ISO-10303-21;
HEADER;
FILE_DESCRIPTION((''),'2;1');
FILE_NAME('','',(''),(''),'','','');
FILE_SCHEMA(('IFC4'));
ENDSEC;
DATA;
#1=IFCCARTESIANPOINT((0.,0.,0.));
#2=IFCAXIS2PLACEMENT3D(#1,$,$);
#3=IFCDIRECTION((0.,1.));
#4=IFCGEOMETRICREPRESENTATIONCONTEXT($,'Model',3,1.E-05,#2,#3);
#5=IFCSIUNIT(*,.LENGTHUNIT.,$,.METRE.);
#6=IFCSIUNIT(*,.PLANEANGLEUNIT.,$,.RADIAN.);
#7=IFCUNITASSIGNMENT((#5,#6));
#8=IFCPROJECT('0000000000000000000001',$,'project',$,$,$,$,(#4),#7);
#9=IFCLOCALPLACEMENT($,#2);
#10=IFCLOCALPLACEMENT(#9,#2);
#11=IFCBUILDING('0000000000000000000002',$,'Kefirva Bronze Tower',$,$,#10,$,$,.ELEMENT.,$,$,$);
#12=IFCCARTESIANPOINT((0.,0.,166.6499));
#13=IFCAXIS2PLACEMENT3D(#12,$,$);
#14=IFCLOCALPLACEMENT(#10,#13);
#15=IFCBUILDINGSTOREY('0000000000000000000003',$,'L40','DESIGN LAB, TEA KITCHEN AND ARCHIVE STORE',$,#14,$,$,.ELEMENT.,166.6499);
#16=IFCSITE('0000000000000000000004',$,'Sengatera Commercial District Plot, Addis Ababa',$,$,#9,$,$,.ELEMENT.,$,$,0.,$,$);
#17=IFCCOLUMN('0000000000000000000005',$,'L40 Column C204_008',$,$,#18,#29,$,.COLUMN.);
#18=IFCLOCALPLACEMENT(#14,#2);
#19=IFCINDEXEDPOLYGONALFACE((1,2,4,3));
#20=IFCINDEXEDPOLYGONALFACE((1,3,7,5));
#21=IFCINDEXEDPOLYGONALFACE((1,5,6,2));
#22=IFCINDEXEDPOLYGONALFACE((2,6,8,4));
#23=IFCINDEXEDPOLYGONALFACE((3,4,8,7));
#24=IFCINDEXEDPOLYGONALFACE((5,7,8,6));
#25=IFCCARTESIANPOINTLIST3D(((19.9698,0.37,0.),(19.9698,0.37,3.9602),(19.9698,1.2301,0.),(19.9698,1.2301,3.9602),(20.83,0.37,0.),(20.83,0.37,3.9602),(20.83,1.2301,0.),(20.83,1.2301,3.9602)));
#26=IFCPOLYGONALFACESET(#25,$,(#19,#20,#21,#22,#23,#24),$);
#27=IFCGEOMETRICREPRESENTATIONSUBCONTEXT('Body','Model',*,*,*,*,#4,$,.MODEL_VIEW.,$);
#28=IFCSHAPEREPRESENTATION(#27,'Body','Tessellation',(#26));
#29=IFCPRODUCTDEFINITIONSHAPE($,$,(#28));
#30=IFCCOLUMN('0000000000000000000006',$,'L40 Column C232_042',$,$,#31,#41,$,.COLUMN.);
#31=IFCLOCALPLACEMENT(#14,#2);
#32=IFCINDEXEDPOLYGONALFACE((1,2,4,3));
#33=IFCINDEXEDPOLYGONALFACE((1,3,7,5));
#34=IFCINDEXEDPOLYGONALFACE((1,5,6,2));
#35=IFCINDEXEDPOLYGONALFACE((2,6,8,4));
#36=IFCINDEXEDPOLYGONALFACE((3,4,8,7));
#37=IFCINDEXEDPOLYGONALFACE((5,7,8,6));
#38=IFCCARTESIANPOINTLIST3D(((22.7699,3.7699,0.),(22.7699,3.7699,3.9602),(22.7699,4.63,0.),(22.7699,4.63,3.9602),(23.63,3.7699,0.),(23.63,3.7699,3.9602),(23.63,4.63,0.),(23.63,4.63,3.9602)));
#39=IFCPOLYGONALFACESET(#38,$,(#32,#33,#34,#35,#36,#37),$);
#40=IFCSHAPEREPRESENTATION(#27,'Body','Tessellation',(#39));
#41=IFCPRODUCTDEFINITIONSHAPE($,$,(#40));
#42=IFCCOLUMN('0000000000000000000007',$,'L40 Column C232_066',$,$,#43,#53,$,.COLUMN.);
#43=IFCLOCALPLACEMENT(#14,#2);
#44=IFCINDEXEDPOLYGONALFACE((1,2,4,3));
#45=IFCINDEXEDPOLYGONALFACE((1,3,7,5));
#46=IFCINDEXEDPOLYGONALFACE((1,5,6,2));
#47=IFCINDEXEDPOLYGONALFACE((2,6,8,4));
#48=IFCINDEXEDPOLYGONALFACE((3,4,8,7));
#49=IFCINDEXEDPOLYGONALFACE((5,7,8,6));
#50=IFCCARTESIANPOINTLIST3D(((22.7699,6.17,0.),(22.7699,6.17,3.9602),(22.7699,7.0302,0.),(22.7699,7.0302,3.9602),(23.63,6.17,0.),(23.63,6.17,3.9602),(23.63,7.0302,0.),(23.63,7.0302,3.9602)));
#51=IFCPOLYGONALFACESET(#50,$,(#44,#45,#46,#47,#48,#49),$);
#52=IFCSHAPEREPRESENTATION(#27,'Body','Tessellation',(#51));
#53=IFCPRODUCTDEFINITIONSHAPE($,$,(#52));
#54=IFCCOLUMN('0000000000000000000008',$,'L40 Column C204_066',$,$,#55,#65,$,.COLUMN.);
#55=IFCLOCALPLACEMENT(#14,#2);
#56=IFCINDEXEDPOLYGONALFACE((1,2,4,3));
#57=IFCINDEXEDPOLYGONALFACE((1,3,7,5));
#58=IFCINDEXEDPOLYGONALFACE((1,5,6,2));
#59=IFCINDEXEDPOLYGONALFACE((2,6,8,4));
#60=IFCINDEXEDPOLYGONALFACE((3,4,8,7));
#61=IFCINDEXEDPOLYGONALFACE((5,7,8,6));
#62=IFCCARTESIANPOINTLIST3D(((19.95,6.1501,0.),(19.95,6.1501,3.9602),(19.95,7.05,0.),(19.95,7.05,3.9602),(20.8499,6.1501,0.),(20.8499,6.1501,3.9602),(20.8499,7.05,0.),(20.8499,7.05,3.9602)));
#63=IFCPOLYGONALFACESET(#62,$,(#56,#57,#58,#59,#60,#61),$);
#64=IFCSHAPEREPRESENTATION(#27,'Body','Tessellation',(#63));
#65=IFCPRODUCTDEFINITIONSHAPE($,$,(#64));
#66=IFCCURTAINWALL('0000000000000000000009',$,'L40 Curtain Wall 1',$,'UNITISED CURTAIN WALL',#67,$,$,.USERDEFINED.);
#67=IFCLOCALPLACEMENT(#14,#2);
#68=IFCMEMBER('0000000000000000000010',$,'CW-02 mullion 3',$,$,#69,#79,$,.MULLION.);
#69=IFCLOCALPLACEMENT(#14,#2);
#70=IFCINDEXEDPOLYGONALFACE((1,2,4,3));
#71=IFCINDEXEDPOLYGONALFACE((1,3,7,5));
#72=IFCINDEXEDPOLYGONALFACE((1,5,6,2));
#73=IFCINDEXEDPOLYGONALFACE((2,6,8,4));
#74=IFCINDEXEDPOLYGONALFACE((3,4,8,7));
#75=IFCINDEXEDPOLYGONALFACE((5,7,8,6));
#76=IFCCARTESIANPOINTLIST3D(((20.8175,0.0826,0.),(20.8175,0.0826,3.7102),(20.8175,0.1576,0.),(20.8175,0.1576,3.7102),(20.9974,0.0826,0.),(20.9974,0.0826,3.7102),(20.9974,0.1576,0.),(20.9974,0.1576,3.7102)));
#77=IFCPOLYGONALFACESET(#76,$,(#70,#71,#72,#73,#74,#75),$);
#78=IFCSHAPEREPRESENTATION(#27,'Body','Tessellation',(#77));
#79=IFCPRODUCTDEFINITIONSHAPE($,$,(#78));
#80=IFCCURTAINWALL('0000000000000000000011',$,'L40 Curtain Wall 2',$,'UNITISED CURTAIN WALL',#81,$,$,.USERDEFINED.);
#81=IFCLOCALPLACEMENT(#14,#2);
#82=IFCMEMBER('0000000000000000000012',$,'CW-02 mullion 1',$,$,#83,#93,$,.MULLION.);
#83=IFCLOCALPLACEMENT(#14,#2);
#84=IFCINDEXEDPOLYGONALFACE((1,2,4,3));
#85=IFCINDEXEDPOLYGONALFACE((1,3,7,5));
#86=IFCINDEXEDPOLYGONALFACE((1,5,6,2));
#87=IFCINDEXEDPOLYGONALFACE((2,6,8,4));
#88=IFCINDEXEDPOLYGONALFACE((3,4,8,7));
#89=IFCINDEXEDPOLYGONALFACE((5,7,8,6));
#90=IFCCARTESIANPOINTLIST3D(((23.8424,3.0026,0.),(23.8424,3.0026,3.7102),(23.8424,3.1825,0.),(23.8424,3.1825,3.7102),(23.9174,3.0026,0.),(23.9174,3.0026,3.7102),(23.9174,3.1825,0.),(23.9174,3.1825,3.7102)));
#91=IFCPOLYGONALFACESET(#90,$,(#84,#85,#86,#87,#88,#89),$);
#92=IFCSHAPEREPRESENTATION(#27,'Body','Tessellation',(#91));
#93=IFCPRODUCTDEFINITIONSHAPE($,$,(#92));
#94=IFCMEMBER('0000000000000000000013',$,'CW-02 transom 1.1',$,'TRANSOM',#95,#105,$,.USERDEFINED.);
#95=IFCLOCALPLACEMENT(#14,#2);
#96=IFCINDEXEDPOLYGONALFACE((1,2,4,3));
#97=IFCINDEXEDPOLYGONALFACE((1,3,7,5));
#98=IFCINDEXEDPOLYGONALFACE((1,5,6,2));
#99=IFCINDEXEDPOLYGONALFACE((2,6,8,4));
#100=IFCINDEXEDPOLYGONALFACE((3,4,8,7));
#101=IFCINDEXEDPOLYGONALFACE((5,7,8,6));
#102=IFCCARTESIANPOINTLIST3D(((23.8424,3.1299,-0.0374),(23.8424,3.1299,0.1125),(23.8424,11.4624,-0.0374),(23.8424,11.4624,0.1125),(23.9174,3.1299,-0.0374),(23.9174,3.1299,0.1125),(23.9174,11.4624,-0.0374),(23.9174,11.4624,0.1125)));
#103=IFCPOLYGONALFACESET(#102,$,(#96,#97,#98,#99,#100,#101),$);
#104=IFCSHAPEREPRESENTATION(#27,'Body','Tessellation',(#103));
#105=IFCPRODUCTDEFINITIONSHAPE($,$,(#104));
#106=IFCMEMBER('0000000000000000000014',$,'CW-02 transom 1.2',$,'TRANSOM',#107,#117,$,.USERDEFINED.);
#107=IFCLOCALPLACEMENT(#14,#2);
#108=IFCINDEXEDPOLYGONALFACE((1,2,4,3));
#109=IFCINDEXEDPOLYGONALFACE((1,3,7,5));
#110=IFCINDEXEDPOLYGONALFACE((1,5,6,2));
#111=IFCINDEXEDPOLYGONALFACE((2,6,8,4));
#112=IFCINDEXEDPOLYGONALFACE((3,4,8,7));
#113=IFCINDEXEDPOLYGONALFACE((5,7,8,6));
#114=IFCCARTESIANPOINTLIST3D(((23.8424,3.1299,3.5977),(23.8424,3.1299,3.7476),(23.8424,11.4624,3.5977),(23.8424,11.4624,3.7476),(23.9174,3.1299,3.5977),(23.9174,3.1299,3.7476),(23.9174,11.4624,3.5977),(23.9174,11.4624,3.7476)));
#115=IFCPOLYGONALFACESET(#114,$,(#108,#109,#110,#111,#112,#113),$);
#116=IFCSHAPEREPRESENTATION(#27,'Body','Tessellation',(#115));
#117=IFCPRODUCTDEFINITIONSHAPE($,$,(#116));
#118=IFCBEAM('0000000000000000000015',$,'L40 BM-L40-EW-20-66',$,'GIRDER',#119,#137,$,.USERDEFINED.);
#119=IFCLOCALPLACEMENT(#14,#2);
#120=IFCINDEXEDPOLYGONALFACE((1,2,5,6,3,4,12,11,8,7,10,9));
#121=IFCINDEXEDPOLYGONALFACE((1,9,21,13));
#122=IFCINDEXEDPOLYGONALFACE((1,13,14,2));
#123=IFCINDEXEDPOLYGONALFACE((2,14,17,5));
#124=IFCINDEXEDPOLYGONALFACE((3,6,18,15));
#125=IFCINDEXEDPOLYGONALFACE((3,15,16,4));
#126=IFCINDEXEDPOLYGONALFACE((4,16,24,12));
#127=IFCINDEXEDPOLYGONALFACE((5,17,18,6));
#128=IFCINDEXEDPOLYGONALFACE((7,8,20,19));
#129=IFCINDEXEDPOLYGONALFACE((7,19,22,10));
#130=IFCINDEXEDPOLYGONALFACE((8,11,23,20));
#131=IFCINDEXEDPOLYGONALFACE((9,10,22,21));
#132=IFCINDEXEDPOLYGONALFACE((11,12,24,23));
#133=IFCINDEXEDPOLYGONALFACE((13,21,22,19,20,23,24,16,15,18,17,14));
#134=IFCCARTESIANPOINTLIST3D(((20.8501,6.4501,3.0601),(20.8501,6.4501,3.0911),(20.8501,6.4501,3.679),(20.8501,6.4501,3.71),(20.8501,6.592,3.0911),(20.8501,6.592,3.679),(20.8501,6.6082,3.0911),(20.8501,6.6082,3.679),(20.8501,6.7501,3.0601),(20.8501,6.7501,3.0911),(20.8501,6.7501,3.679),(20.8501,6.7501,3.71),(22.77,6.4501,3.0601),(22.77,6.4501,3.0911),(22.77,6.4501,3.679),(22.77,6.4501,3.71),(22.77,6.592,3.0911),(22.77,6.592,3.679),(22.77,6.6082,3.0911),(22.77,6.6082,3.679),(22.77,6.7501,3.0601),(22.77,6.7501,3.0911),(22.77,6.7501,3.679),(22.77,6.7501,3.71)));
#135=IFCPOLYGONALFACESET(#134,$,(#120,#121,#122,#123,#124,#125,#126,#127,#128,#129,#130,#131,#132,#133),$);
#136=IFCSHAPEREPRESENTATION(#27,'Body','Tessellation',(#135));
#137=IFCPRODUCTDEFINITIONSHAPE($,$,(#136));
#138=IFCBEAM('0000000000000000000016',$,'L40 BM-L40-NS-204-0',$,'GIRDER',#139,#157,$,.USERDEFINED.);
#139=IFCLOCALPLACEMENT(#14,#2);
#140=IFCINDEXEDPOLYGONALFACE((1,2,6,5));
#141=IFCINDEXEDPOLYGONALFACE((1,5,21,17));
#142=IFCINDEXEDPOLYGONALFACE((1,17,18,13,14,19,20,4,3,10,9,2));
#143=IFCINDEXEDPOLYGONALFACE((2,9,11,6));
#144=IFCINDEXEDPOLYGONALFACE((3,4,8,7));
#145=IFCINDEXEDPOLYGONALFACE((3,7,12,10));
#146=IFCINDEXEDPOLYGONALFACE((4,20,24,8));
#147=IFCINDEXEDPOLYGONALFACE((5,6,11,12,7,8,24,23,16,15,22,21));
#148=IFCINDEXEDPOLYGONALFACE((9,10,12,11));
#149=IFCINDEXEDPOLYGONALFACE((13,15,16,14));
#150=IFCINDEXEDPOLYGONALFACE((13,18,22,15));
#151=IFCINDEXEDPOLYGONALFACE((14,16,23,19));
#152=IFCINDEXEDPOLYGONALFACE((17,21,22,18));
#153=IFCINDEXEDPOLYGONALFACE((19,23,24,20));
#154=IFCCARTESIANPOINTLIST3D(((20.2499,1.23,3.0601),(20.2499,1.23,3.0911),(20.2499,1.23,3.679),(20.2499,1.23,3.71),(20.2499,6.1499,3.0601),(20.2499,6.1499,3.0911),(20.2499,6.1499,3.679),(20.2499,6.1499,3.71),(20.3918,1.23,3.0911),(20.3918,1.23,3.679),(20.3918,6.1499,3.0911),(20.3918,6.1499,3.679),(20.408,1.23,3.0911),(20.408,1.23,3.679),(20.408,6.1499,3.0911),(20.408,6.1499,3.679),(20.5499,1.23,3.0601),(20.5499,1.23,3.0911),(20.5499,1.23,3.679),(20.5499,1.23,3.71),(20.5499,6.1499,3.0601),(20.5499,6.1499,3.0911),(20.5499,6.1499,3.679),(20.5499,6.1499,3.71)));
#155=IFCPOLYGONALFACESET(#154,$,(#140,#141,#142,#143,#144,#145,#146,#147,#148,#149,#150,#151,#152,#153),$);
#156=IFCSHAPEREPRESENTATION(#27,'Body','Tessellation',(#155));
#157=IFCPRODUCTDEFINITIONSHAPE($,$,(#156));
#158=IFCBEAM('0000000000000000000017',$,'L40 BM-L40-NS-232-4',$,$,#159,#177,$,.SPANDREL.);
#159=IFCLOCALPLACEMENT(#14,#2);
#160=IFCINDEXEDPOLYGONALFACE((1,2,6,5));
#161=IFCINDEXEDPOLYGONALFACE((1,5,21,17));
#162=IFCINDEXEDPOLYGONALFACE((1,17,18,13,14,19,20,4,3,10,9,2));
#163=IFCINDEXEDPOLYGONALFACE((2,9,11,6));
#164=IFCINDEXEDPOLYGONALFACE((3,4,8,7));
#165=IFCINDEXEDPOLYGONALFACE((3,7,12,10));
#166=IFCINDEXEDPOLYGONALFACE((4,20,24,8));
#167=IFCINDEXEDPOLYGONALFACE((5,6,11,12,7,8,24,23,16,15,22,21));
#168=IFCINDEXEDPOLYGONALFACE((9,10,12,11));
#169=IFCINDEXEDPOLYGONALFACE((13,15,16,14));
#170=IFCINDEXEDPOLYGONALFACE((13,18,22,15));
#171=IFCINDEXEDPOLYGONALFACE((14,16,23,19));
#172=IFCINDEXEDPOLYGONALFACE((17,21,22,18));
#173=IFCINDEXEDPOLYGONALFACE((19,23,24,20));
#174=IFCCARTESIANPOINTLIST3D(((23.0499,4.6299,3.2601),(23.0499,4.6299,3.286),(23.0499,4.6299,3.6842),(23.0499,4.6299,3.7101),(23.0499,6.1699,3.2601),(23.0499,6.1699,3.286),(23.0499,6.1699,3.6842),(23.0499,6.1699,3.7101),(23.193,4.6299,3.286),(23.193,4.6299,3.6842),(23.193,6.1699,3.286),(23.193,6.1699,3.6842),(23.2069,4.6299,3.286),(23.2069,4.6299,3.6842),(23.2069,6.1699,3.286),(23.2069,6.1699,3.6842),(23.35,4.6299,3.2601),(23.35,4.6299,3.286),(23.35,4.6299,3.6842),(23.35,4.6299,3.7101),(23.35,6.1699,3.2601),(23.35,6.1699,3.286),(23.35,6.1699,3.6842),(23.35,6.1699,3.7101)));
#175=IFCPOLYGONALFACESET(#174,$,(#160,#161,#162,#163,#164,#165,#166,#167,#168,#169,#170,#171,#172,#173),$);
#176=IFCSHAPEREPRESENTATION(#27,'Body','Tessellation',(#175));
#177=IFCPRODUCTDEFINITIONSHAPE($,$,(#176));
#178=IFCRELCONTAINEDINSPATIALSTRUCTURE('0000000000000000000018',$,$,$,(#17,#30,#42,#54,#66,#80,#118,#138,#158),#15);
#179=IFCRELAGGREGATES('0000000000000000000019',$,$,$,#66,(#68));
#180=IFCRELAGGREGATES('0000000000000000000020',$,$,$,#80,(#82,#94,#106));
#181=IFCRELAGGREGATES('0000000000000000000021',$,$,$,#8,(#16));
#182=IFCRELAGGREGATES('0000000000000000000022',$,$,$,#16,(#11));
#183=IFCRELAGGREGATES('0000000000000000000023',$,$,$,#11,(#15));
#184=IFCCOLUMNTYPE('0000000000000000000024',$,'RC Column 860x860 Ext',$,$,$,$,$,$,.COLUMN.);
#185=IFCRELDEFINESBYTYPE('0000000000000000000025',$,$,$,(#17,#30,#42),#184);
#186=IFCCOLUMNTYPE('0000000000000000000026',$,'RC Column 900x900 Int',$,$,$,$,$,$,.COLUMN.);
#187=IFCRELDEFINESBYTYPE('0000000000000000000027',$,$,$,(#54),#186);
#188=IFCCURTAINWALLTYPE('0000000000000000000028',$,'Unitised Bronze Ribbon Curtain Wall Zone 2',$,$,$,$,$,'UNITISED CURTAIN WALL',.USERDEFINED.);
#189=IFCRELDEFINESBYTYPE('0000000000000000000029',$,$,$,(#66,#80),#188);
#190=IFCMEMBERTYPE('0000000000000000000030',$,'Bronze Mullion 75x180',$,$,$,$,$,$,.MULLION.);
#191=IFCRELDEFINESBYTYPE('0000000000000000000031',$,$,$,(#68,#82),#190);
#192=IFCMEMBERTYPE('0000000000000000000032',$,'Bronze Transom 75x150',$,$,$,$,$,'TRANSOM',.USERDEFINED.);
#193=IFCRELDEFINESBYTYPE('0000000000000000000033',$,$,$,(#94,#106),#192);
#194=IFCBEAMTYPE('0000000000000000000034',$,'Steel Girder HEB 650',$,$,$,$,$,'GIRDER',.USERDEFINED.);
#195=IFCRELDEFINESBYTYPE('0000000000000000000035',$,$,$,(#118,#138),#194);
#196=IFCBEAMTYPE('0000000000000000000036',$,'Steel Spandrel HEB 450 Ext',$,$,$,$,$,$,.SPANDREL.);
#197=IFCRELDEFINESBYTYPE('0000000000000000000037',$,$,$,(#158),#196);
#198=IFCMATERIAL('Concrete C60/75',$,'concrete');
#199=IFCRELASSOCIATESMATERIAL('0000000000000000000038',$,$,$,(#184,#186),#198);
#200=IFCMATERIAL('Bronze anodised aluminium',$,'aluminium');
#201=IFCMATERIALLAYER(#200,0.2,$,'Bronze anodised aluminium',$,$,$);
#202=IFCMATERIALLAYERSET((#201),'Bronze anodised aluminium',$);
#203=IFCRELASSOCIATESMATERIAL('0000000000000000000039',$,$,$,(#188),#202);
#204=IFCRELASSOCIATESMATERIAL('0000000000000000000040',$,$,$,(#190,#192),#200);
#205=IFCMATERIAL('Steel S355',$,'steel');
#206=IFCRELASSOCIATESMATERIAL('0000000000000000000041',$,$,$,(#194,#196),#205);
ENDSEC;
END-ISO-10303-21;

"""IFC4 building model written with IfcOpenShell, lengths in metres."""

from ifc_helpers import new_model, si_unit, direction, frame, origin, origin_2d, place, context, subcontext, project, spatial, rectangle, i_section, extrude, material, layer, layer_set, material_profile, profile_set, type_object, element, aggregate, save


model = new_model("IFC4")

# Units and contexts
model_context = context("Model", 3, precision=1e-05, world=origin(), true_north=direction((0.0, 1.0)))
body_context = subcontext(model_context, "Body", "Model", "MODEL_VIEW")
ifc_project = project(units=[si_unit("LENGTHUNIT", "METRE"), si_unit("PLANEANGLEUNIT", "RADIAN")], contexts=[model_context])

# Site, building, storey
site_placement = place(None, origin())
site = spatial("IfcSite", under=ifc_project, at=site_placement, Name="Sengatera Commercial District Plot, Addis Ababa", CompositionType="ELEMENT", RefElevation=0.0)
building_placement = place(site_placement, origin())
building = spatial("IfcBuilding", under=site, at=building_placement, Name="Kefirva Bronze Tower", CompositionType="ELEMENT")
storey_placement = place(building_placement, frame((0.0, 0.0, 166.6499)))
storey = spatial("IfcBuildingStorey", under=building, at=storey_placement, Name="L40", Description="DESIGN LAB, TEA KITCHEN AND ARCHIVE STORE", CompositionType="ELEMENT", Elevation=166.6499)

# Columns
ifc_material_1 = material(Name="Concrete C60/75", Category="concrete")
ifc_material_profile_1 = material_profile(ifc_material_1, rectangle(XDim=0.8601, YDim=0.8601, at=origin_2d()), Name="RC 860x860")
ifc_profile_set_1 = profile_set([ifc_material_profile_1], Name="Concrete C60/75")
column_type_1 = type_object("IfcColumnType", Name="RC Column 860x860 Ext", PredefinedType="COLUMN", material=ifc_profile_set_1)
for number, where, z_axis, x_axis, name in (
    (1, (20.3999, 0.8, 0.0), (0.0, 0.0, 1.0), (1.0, 0.0, 0.0), "L40 Column C204_008"),
    (2, (23.2, 4.2, 0.0), (0.0, 0.0, 1.0), (1.0, 0.0, 0.0), "L40 Column C232_042"),
    (3, (23.2, 6.6001, 0.0), (0.0, 0.0, 1.0), (1.0, 0.0, 0.0), "L40 Column C232_066"),
):
    element("IfcColumn", number, at=place(storey_placement, frame(where, z_axis=z_axis, x_axis=x_axis)), inside=storey, type_object=column_type_1, Name=name, PredefinedType="COLUMN", context=body_context, shape_type="SweptSolid", body=[
        extrude(rectangle(XDim=0.8601, YDim=0.8601, at=origin_2d()), origin(), (0.0, 0.0, 1.0), 3.9602),
    ])
ifc_material_profile_2 = material_profile(ifc_material_1, rectangle(XDim=0.8999, YDim=0.8999, at=origin_2d()), Name="RC 900x900")
ifc_profile_set_2 = profile_set([ifc_material_profile_2], Name="Concrete C60/75")
column_type_2 = type_object("IfcColumnType", Name="RC Column 900x900 Int", PredefinedType="COLUMN", material=ifc_profile_set_2)
column_placement = place(storey_placement, frame((20.3999, 6.6001, 0.0), z_axis=(0.0, 0.0, 1.0), x_axis=(1.0, 0.0, 0.0)))
element("IfcColumn", 4, at=column_placement, inside=storey, type_object=column_type_2, Name="L40 Column C204_066", PredefinedType="COLUMN", context=body_context, shape_type="SweptSolid", body=[
    extrude(rectangle(XDim=0.8999, YDim=0.8999, at=origin_2d()), origin(), (0.0, 0.0, 1.0), 3.9602),
])

# Curtain wall, member
ifc_material_2 = material(Name="Bronze anodised aluminium", Category="aluminium")
ifc_layer_1 = layer(ifc_material_2, 0.2, Name="Bronze anodised aluminium")
ifc_layer_set_1 = layer_set([ifc_layer_1], Name="Bronze anodised aluminium")
curtain_wall_type = type_object("IfcCurtainWallType", Name="Unitised Bronze Ribbon Curtain Wall Zone 2", ElementType="UNITISED CURTAIN WALL", PredefinedType="USERDEFINED", material=ifc_layer_set_1)
curtain_wall_1_placement = place(storey_placement, origin())
curtain_wall_1 = element("IfcCurtainWall", 5, at=curtain_wall_1_placement, inside=storey, type_object=curtain_wall_type, Name="L40 Curtain Wall 1", ObjectType="UNITISED CURTAIN WALL", PredefinedType="USERDEFINED")
ifc_material_profile_3 = material_profile(ifc_material_2, rectangle(XDim=0.075, YDim=0.1799, at=origin_2d()), Name="ALU 75x180")
ifc_profile_set_3 = profile_set([ifc_material_profile_3], Name="Bronze anodised aluminium")
member_type_1 = type_object("IfcMemberType", Name="Bronze Mullion 75x180", PredefinedType="MULLION", material=ifc_profile_set_3)
member_1_placement = place(storey_placement, frame((20.9075, 0.1201, 0.0), z_axis=(0.0, 0.0, 1.0), x_axis=(0.0, 1.0, 0.0)))
member_1 = element("IfcMember", 6, at=member_1_placement, type_object=member_type_1, Name="CW-02 mullion 3", PredefinedType="MULLION", context=body_context, shape_type="SweptSolid", body=[
    extrude(rectangle(XDim=0.075, YDim=0.1799, at=origin_2d()), origin(), (0.0, 0.0, 1.0), 3.7102),
])
aggregate(curtain_wall_1, [member_1])

# Curtain wall, members
curtain_wall_2_placement = place(storey_placement, origin())
curtain_wall_2 = element("IfcCurtainWall", 7, at=curtain_wall_2_placement, inside=storey, type_object=curtain_wall_type, Name="L40 Curtain Wall 2", ObjectType="UNITISED CURTAIN WALL", PredefinedType="USERDEFINED")
member_2_placement = place(storey_placement, frame((23.8799, 3.0925, 0.0), z_axis=(0.0, 0.0, 1.0), x_axis=(-1.0, 0.0, 0.0)))
member_2 = element("IfcMember", 8, at=member_2_placement, type_object=member_type_1, Name="CW-02 mullion 1", PredefinedType="MULLION", context=body_context, shape_type="SweptSolid", body=[
    extrude(rectangle(XDim=0.075, YDim=0.1799, at=origin_2d()), origin(), (0.0, 0.0, 1.0), 3.7102),
])
ifc_material_profile_4 = material_profile(ifc_material_2, rectangle(XDim=0.075, YDim=0.1499, at=origin_2d()), Name="ALU 75x150")
ifc_profile_set_4 = profile_set([ifc_material_profile_4], Name="Bronze anodised aluminium")
member_type_2 = type_object("IfcMemberType", Name="Bronze Transom 75x150", ElementType="TRANSOM", PredefinedType="USERDEFINED", material=ifc_profile_set_4)
member_3_placement = place(storey_placement, frame((23.8799, 3.1299, 0.0376), z_axis=(0.0, 1.0, 0.0), x_axis=(-1.0, 0.0, 0.0)))
member_3 = element("IfcMember", 9, at=member_3_placement, type_object=member_type_2, Name="CW-02 transom 1.1", ObjectType="TRANSOM", PredefinedType="USERDEFINED", context=body_context, shape_type="SweptSolid", body=[
    extrude(rectangle(XDim=0.075, YDim=0.1499, at=origin_2d()), origin(), (0.0, 0.0, 1.0), 8.3325),
])
member_4_placement = place(storey_placement, frame((23.8799, 3.1299, 3.6726), z_axis=(0.0, 1.0, 0.0), x_axis=(-1.0, 0.0, 0.0)))
member_4 = element("IfcMember", 10, at=member_4_placement, type_object=member_type_2, Name="CW-02 transom 1.2", ObjectType="TRANSOM", PredefinedType="USERDEFINED", context=body_context, shape_type="SweptSolid", body=[
    extrude(rectangle(XDim=0.075, YDim=0.1499, at=origin_2d()), origin(), (0.0, 0.0, 1.0), 8.3325),
])

# Beams
ifc_material_3 = material(Name="Steel S355", Category="steel")
ifc_material_profile_5 = material_profile(ifc_material_3, i_section(OverallWidth=0.3, OverallDepth=0.6499, WebThickness=0.0161, FlangeThickness=0.031, at=origin_2d()), Name="HEB 650")
ifc_profile_set_5 = profile_set([ifc_material_profile_5], Name="Steel S355")
beam_type_1 = type_object("IfcBeamType", Name="Steel Girder HEB 650", ElementType="GIRDER", PredefinedType="USERDEFINED", material=ifc_profile_set_5)
beam_1_placement = place(storey_placement, frame((20.8501, 6.6001, 3.385), z_axis=(1.0, 0.0, 0.0), x_axis=(0.0, 1.0, 0.0)))
element("IfcBeam", 11, at=beam_1_placement, inside=storey, type_object=beam_type_1, Name="L40 BM-L40-EW-20-66", ObjectType="GIRDER", PredefinedType="USERDEFINED", context=body_context, shape_type="SweptSolid", body=[
    extrude(i_section(OverallWidth=0.3, OverallDepth=0.6499, WebThickness=0.0161, FlangeThickness=0.031, at=origin_2d()), origin(), (0.0, 0.0, 1.0), 1.9199),
])
beam_2_placement = place(storey_placement, frame((20.3999, 1.23, 3.385), z_axis=(0.0, 1.0, 0.0), x_axis=(-1.0, 0.0, 0.0)))
element("IfcBeam", 12, at=beam_2_placement, inside=storey, type_object=beam_type_1, Name="L40 BM-L40-NS-204-0", ObjectType="GIRDER", PredefinedType="USERDEFINED", context=body_context, shape_type="SweptSolid", body=[
    extrude(i_section(OverallWidth=0.3, OverallDepth=0.6499, WebThickness=0.0161, FlangeThickness=0.031, at=origin_2d()), origin(), (0.0, 0.0, 1.0), 4.9199),
])
ifc_material_profile_6 = material_profile(ifc_material_3, i_section(OverallWidth=0.3, OverallDepth=0.45, WebThickness=0.0139, FlangeThickness=0.0259, at=origin_2d()), Name="HEB 450")
ifc_profile_set_6 = profile_set([ifc_material_profile_6], Name="Steel S355")
beam_type_2 = type_object("IfcBeamType", Name="Steel Spandrel HEB 450 Ext", PredefinedType="SPANDREL", material=ifc_profile_set_6)
beam_3_placement = place(storey_placement, frame((23.2, 4.6299, 3.4851), z_axis=(0.0, 1.0, 0.0), x_axis=(-1.0, 0.0, 0.0)))
element("IfcBeam", 13, at=beam_3_placement, inside=storey, type_object=beam_type_2, Name="L40 BM-L40-NS-232-4", PredefinedType="SPANDREL", context=body_context, shape_type="SweptSolid", body=[
    extrude(i_section(OverallWidth=0.3, OverallDepth=0.45, WebThickness=0.0139, FlangeThickness=0.0259, at=origin_2d()), origin(), (0.0, 0.0, 1.0), 1.54),
])

aggregate(curtain_wall_2, [member_2, member_3, member_4])

save(model, "model.ifc")
